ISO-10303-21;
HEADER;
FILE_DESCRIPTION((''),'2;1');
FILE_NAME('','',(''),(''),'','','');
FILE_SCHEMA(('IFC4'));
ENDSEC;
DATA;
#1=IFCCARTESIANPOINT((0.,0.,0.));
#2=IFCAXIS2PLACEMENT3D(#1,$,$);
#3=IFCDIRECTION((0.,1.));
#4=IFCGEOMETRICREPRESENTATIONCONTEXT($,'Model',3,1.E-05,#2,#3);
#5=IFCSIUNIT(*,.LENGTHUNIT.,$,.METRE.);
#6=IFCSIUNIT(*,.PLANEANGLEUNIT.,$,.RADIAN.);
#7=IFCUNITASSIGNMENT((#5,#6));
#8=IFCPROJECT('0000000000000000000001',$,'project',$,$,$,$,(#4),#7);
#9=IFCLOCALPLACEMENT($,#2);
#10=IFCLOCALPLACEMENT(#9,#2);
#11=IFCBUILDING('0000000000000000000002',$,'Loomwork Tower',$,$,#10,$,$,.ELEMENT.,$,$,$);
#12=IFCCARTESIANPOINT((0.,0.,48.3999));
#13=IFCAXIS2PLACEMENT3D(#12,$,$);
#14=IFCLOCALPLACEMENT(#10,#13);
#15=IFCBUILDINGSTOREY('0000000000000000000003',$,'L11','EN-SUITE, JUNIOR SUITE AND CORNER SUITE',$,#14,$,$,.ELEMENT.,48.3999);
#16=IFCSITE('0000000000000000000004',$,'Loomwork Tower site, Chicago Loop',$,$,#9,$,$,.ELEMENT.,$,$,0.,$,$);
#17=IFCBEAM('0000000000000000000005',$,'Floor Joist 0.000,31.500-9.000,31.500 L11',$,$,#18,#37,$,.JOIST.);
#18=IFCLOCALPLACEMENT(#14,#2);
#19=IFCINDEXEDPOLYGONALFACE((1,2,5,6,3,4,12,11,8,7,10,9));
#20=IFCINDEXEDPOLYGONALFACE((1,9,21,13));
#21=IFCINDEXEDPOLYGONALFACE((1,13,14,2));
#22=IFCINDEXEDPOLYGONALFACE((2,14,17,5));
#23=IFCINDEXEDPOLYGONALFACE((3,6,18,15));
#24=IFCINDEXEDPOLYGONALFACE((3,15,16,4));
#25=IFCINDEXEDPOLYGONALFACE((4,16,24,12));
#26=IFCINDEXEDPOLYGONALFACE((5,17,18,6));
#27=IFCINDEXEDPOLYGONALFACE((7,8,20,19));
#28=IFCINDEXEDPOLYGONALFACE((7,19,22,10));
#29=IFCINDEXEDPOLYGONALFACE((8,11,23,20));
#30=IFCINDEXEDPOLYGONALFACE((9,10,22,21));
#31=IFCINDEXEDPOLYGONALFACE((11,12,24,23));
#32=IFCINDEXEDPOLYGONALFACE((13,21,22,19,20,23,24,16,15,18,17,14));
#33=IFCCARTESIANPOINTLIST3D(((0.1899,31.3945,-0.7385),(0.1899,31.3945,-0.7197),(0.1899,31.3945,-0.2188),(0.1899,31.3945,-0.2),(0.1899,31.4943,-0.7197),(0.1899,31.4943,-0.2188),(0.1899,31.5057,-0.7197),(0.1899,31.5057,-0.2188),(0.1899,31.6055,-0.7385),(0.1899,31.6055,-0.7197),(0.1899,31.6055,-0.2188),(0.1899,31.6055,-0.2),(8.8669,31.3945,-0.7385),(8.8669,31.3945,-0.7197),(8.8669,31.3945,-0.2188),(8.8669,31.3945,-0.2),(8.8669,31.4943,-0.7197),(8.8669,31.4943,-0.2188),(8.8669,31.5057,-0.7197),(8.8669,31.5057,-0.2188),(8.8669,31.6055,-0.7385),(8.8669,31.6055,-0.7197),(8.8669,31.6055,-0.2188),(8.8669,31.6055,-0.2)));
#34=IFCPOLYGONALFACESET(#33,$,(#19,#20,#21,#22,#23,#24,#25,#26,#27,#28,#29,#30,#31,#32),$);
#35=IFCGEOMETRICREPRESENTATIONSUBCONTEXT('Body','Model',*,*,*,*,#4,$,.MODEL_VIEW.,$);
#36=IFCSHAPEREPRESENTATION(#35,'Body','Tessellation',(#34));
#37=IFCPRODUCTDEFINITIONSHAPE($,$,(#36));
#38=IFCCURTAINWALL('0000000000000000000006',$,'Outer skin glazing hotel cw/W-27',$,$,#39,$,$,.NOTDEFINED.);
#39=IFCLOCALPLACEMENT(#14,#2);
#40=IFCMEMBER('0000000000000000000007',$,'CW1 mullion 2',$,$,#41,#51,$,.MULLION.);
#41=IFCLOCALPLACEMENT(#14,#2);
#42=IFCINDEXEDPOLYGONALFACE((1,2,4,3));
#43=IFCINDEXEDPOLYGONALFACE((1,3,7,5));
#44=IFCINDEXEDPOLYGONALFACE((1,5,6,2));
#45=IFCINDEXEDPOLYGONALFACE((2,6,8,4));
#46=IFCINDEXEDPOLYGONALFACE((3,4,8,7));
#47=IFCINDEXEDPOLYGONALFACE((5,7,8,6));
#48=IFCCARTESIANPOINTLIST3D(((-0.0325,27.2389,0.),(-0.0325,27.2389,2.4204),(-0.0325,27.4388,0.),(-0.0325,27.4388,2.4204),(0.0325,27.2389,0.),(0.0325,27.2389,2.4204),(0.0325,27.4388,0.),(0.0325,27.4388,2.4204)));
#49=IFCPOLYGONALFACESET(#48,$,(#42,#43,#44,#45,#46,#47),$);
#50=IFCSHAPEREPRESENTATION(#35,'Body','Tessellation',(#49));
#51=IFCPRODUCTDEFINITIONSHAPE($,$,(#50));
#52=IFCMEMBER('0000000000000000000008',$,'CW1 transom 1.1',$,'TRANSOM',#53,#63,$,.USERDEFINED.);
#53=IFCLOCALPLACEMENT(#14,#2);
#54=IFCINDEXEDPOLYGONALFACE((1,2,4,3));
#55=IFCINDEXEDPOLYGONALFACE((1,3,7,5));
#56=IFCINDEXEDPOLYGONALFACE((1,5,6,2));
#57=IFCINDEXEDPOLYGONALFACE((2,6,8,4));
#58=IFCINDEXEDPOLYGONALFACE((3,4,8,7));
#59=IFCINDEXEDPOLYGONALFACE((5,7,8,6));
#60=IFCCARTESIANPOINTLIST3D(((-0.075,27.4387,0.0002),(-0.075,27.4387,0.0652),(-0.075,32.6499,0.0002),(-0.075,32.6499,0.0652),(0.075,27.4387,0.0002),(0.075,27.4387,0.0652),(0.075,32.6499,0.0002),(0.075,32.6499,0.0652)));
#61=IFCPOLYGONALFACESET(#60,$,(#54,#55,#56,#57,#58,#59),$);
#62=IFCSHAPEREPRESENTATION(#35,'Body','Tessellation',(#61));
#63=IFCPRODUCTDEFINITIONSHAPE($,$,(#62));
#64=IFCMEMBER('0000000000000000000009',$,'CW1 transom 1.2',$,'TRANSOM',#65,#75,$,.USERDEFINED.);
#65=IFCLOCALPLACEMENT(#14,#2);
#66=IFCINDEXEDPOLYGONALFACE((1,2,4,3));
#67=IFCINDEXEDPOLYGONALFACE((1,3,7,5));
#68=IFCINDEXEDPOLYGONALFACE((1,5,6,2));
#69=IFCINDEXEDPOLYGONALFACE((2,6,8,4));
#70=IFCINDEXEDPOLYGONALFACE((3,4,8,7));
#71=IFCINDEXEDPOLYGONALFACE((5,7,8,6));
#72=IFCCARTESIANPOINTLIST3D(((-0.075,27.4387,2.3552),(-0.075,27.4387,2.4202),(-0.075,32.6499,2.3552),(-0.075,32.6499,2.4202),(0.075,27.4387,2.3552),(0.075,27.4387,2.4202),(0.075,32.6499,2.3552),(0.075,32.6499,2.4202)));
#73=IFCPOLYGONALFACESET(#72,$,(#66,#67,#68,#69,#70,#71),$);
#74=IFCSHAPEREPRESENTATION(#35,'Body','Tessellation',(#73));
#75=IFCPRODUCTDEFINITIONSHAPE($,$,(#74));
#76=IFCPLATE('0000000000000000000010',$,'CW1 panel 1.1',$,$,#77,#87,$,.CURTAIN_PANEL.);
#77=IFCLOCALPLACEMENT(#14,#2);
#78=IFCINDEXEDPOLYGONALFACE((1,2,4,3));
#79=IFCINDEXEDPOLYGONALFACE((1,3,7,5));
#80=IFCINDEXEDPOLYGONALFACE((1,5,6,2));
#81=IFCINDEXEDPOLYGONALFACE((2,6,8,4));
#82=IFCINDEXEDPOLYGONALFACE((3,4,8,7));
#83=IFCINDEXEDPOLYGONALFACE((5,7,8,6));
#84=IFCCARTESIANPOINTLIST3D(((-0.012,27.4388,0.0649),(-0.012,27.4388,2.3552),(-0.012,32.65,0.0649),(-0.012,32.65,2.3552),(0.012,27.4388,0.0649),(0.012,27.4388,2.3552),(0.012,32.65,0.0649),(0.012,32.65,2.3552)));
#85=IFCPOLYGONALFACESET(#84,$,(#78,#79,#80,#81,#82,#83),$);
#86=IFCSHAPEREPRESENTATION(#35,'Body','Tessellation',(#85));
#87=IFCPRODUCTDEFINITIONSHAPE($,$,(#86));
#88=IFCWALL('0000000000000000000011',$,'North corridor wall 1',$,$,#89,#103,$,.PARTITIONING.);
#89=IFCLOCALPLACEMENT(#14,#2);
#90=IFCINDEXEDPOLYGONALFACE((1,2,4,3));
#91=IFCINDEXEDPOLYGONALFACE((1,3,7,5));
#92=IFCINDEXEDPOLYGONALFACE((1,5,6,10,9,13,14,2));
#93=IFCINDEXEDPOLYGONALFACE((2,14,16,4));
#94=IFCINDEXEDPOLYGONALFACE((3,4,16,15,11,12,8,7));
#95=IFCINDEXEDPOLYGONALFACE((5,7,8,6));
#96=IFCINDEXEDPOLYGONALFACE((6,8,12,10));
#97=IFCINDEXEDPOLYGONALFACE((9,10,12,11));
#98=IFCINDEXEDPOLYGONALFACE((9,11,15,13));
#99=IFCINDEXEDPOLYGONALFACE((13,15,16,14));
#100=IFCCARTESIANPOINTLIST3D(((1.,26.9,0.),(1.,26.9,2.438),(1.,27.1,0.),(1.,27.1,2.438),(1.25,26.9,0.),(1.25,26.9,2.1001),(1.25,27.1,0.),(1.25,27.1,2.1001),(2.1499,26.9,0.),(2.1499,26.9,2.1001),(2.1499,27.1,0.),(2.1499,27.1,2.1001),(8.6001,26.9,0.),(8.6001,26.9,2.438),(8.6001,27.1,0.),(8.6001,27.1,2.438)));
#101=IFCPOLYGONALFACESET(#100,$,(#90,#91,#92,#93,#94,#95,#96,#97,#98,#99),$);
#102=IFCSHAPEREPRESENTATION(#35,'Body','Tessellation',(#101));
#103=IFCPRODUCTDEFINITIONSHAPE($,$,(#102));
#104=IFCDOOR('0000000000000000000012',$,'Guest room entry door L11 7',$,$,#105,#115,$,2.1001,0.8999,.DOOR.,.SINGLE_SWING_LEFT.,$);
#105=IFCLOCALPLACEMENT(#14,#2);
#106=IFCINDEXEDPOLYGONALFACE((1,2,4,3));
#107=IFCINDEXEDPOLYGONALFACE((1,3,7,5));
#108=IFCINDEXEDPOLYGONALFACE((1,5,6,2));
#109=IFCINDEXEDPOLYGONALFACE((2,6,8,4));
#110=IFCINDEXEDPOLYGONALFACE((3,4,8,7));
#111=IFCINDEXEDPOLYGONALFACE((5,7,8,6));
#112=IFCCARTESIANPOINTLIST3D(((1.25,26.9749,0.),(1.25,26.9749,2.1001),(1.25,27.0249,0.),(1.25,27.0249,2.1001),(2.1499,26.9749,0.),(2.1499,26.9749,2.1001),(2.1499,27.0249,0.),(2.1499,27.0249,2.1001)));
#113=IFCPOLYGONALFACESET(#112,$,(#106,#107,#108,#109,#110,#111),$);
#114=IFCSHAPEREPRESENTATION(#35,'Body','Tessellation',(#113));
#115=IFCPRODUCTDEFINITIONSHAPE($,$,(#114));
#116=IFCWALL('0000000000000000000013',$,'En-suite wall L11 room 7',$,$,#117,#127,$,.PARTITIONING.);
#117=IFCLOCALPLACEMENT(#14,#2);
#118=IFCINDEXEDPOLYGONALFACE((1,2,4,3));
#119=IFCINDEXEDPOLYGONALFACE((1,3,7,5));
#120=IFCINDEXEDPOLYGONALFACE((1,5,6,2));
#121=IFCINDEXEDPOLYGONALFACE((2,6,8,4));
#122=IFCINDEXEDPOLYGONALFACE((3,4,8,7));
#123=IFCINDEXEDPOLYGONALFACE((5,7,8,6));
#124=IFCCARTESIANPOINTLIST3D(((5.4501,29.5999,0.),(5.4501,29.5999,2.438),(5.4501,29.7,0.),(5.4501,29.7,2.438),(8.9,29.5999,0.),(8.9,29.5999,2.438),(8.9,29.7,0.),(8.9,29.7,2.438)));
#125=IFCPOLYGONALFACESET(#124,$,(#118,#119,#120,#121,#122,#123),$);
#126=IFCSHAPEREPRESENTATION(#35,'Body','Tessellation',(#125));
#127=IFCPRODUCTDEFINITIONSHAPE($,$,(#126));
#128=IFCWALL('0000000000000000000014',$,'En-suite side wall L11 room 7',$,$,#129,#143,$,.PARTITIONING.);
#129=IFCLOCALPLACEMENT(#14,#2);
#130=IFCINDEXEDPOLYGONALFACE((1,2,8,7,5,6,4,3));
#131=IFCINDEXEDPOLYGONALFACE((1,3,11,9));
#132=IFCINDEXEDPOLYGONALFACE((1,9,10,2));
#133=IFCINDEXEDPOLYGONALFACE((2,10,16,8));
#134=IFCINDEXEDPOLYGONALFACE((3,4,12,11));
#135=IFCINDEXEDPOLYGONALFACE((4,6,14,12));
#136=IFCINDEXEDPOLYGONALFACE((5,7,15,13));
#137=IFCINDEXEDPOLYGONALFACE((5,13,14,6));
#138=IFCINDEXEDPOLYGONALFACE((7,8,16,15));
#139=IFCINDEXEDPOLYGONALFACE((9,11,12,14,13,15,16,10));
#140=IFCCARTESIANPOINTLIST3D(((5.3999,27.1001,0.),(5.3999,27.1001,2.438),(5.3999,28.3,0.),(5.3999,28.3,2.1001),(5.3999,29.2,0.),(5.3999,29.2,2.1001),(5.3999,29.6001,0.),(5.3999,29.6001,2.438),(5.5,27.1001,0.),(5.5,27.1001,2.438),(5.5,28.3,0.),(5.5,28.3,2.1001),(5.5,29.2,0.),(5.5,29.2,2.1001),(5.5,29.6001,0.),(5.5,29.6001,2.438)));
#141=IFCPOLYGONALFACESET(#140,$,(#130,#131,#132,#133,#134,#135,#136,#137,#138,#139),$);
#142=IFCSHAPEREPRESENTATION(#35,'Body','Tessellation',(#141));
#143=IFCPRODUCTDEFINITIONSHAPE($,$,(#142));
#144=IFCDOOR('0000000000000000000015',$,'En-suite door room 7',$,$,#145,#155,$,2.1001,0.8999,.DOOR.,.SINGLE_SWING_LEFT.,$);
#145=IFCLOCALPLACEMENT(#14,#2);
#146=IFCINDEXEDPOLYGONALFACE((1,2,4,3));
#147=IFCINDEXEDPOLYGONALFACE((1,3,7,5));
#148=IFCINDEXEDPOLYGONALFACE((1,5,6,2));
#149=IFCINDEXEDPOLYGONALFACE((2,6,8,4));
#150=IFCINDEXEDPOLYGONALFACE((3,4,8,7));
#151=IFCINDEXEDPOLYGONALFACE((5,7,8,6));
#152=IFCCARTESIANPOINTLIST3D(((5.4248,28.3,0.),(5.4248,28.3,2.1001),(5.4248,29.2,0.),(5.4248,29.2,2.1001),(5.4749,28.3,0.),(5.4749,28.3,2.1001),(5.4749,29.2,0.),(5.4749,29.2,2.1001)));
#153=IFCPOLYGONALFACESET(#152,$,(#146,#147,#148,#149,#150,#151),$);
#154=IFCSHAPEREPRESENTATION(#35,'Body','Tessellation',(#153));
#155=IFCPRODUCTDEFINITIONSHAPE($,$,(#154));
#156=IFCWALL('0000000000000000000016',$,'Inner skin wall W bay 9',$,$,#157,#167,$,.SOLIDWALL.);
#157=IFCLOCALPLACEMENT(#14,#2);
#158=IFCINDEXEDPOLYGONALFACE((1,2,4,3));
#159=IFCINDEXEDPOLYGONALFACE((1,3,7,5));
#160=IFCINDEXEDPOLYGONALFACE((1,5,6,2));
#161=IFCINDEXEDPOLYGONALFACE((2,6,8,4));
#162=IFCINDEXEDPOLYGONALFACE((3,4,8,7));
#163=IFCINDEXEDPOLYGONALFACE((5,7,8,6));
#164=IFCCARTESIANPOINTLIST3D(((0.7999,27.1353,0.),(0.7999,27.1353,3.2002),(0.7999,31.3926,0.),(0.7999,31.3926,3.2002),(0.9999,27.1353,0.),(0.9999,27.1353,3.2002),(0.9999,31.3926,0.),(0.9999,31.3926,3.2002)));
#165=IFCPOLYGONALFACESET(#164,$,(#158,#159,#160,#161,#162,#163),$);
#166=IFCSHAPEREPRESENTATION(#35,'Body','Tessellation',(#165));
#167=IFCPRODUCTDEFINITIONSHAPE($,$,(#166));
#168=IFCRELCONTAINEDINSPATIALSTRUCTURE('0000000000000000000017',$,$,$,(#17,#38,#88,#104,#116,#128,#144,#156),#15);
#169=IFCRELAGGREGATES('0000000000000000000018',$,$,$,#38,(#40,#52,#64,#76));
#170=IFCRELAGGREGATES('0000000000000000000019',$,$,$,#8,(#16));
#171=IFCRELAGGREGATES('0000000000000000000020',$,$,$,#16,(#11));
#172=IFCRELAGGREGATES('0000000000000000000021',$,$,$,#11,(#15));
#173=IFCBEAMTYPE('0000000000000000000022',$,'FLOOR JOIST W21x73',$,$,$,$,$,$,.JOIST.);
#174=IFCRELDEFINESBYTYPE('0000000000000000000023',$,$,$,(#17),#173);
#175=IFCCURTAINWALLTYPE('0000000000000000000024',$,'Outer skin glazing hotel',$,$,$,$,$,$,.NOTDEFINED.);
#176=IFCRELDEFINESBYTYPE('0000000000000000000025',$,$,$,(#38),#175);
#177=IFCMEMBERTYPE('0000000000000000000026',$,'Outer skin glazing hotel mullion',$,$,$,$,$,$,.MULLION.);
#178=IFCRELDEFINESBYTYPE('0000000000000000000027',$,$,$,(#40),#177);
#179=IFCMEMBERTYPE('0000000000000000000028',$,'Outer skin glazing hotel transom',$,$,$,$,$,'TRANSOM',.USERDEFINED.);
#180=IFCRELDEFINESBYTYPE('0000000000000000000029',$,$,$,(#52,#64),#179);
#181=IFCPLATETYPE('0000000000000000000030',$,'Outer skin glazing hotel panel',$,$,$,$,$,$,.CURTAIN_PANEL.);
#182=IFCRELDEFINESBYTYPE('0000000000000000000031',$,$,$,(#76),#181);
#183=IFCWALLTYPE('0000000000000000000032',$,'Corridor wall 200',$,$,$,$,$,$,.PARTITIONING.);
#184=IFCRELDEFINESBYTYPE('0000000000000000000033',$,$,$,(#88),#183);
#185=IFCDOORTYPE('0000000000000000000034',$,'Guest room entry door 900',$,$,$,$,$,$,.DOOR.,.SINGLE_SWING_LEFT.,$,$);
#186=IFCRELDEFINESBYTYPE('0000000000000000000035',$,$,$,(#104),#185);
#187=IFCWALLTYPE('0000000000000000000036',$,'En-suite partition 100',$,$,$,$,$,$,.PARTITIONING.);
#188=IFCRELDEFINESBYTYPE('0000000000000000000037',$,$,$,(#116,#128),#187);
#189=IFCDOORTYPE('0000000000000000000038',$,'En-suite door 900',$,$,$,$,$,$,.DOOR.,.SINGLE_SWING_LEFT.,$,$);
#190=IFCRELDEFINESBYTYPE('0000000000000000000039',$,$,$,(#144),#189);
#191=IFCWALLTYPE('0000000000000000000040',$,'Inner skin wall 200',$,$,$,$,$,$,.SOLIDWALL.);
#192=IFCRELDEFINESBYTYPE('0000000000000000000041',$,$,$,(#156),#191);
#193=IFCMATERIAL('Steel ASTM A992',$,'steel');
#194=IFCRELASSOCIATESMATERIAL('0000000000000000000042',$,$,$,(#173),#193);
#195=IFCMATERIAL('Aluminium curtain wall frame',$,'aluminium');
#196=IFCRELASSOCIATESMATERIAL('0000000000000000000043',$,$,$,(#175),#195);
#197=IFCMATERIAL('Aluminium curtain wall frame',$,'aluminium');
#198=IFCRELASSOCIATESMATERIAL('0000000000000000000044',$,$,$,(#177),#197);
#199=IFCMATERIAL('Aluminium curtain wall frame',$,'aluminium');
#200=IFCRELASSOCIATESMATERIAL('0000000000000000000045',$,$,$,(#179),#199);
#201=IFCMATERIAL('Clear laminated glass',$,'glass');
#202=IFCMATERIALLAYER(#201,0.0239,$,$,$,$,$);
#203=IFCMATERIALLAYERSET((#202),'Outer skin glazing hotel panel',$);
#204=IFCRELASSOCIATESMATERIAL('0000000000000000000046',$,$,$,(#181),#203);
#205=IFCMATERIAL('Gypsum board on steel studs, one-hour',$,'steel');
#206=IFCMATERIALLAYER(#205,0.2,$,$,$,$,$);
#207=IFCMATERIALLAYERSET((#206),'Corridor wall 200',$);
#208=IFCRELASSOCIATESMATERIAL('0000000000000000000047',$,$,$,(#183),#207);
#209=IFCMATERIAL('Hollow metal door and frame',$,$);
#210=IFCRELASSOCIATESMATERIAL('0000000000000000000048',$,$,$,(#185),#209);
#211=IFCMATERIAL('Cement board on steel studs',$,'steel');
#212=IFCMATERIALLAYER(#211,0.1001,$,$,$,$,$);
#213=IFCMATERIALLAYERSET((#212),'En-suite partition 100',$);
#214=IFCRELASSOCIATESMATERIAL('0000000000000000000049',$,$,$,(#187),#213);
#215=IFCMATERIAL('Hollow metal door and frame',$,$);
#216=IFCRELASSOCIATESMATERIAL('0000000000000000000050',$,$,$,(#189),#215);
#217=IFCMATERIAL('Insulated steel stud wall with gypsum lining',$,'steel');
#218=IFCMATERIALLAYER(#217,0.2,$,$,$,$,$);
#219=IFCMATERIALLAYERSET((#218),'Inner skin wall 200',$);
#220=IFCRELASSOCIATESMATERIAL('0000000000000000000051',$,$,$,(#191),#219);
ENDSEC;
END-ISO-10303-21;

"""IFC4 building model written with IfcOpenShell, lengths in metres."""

from ifc_helpers import new_model, si_unit, direction, frame, frame_2d, origin, origin_2d, place, context, subcontext, project, spatial, rectangle, i_section, extrude, material, layer, layer_set, material_profile, profile_set, type_object, element, fill, aggregate, save


model = new_model("IFC4")

# Units and contexts
model_context = context("Model", 3, precision=1e-05, world=origin(), true_north=direction((0.0, 1.0)))
body_context = subcontext(model_context, "Body", "Model", "MODEL_VIEW")
ifc_project = project(units=[si_unit("LENGTHUNIT", "METRE"), si_unit("PLANEANGLEUNIT", "RADIAN")], contexts=[model_context])

# Site, building, storey
site_placement = place(None, origin())
site = spatial("IfcSite", under=ifc_project, at=site_placement, Name="Loomwork Tower site, Chicago Loop", CompositionType="ELEMENT", RefElevation=0.0)
building_placement = place(site_placement, origin())
building = spatial("IfcBuilding", under=site, at=building_placement, Name="Loomwork Tower", CompositionType="ELEMENT")
storey_placement = place(building_placement, frame((0.0, 0.0, 48.3999)))
storey = spatial("IfcBuildingStorey", under=building, at=storey_placement, Name="L11", Description="EN-SUITE, JUNIOR SUITE AND CORNER SUITE", CompositionType="ELEMENT", Elevation=48.3999)

# Beam
ifc_material_1 = material(Name="Steel ASTM A992", Category="steel")
ifc_material_profile_1 = material_profile(ifc_material_1, i_section(OverallWidth=0.2109, OverallDepth=0.5386, WebThickness=0.0115, FlangeThickness=0.0188, at=origin_2d()), Name="W21x73")
ifc_profile_set_1 = profile_set([ifc_material_profile_1], Name="Steel ASTM A992")
beam_type = type_object("IfcBeamType", Name="FLOOR JOIST W21x73", PredefinedType="JOIST", material=ifc_profile_set_1)
beam_placement = place(storey_placement, frame((0.1899, 31.5, -0.4692), z_axis=(1.0, 0.0, 0.0), x_axis=(0.0, 1.0, 0.0)))
element("IfcBeam", 1, at=beam_placement, inside=storey, type_object=beam_type, Name="Floor Joist 0.000,31.500-9.000,31.500 L11", PredefinedType="JOIST", context=body_context, shape_type="SweptSolid", body=[
    extrude(i_section(OverallWidth=0.2109, OverallDepth=0.5386, WebThickness=0.0115, FlangeThickness=0.0188, at=origin_2d()), origin(), (0.0, 0.0, 1.0), 8.677),
])

# Curtain wall, members, plate
ifc_material_2 = material(Name="Aluminium curtain wall frame", Category="aluminium")
curtain_wall_type = type_object("IfcCurtainWallType", Name="Outer skin glazing hotel", PredefinedType="NOTDEFINED", material=ifc_material_2)
curtain_wall_placement = place(storey_placement, origin())
curtain_wall = element("IfcCurtainWall", 2, at=curtain_wall_placement, inside=storey, type_object=curtain_wall_type, Name="Outer skin glazing hotel cw/W-27", PredefinedType="NOTDEFINED")
ifc_material_3 = material(Name="Aluminium curtain wall frame", Category="aluminium")
ifc_material_profile_2 = material_profile(ifc_material_3, rectangle(XDim=0.0649, YDim=0.2, at=origin_2d()), Name="AL 65x200")
ifc_profile_set_2 = profile_set([ifc_material_profile_2], Name="Aluminium curtain wall frame")
member_type_1 = type_object("IfcMemberType", Name="Outer skin glazing hotel mullion", PredefinedType="MULLION", material=ifc_profile_set_2)
member_1_placement = place(storey_placement, frame((0.0, 27.3389, 0.0), z_axis=(0.0, 0.0, 1.0), x_axis=(1.0, 0.0, 0.0)))
member_1 = element("IfcMember", 3, at=member_1_placement, type_object=member_type_1, Name="CW1 mullion 2", PredefinedType="MULLION", context=body_context, shape_type="SweptSolid", body=[
    extrude(rectangle(XDim=0.0649, YDim=0.2, at=origin_2d()), origin(), (0.0, 0.0, 1.0), 2.4204),
])
ifc_material_4 = material(Name="Aluminium curtain wall frame", Category="aluminium")
ifc_material_profile_3 = material_profile(ifc_material_4, rectangle(XDim=0.1499, YDim=0.0649, at=origin_2d()), Name="AL 65x150")
ifc_profile_set_3 = profile_set([ifc_material_profile_3], Name="Aluminium curtain wall frame")
member_type_2 = type_object("IfcMemberType", Name="Outer skin glazing hotel transom", ElementType="TRANSOM", PredefinedType="USERDEFINED", material=ifc_profile_set_3)
member_2_placement = place(storey_placement, frame((0.0, 32.6499, 0.0327), z_axis=(0.0, -1.0, 0.0), x_axis=(1.0, 0.0, 0.0)))
member_2 = element("IfcMember", 4, at=member_2_placement, type_object=member_type_2, Name="CW1 transom 1.1", ObjectType="TRANSOM", PredefinedType="USERDEFINED", context=body_context, shape_type="SweptSolid", body=[
    extrude(rectangle(XDim=0.1499, YDim=0.0649, at=origin_2d()), origin(), (0.0, 0.0, 1.0), 5.2112),
])
member_3_placement = place(storey_placement, frame((0.0, 32.6499, 2.3877), z_axis=(0.0, -1.0, 0.0), x_axis=(1.0, 0.0, 0.0)))
member_3 = element("IfcMember", 5, at=member_3_placement, type_object=member_type_2, Name="CW1 transom 1.2", ObjectType="TRANSOM", PredefinedType="USERDEFINED", context=body_context, shape_type="SweptSolid", body=[
    extrude(rectangle(XDim=0.1499, YDim=0.0649, at=origin_2d()), origin(), (0.0, 0.0, 1.0), 5.2112),
])
ifc_material_5 = material(Name="Clear laminated glass", Category="glass")
ifc_layer_1 = layer(ifc_material_5, 0.0239)
ifc_layer_set_1 = layer_set([ifc_layer_1], Name="Outer skin glazing hotel panel")
plate_type = type_object("IfcPlateType", Name="Outer skin glazing hotel panel", PredefinedType="CURTAIN_PANEL", material=ifc_layer_set_1)
plate_placement = place(storey_placement, frame((0.0, 30.0444, 0.0649), z_axis=(0.0, 0.0, 1.0), x_axis=(0.0, -1.0, 0.0)))
plate = element("IfcPlate", 6, at=plate_placement, type_object=plate_type, Name="CW1 panel 1.1", PredefinedType="CURTAIN_PANEL", context=body_context, shape_type="SweptSolid", body=[
    extrude(rectangle(XDim=5.2112, YDim=0.0239, at=origin_2d()), origin(), (0.0, 0.0, 1.0), 2.2903),
])
aggregate(curtain_wall, [member_1, member_2, member_3, plate])

# Wall, opening, door
ifc_material_6 = material(Name="Gypsum board on steel studs, one-hour", Category="steel")
ifc_layer_2 = layer(ifc_material_6, 0.2)
ifc_layer_set_2 = layer_set([ifc_layer_2], Name="Corridor wall 200")
wall_type_1 = type_object("IfcWallType", Name="Corridor wall 200", PredefinedType="PARTITIONING", material=ifc_layer_set_2)
wall_1_placement = place(storey_placement, frame((1.0, 27.0, 0.0), z_axis=(0.0, 0.0, 1.0), x_axis=(1.0, 0.0, 0.0)))
wall_1 = element("IfcWall", 7, at=wall_1_placement, inside=storey, type_object=wall_type_1, Name="North corridor wall 1", PredefinedType="PARTITIONING", context=body_context, shape_type="SweptSolid", body=[
    extrude(rectangle(XDim=7.6001, YDim=0.2, at=frame_2d((3.8, 0.0))), origin(), (0.0, 0.0, 1.0), 2.438),
])
opening_1_placement = place(wall_1_placement, frame((0.25, 0.0, 0.0)))
opening_1 = element("IfcOpeningElement", 8, at=opening_1_placement, cuts=wall_1, PredefinedType="OPENING", context=body_context, shape_type="SweptSolid", body=[
    extrude(rectangle(XDim=0.8999, YDim=2.1001, at=frame_2d((0.45, 1.05))), frame((0.0, 0.1099, 0.0), z_axis=(0.0, -1.0, 0.0), x_axis=(1.0, 0.0, 0.0)), (0.0, 0.0, 1.0), 0.22),
])
ifc_material_7 = material(Name="Hollow metal door and frame")
door_type_1 = type_object("IfcDoorType", Name="Guest room entry door 900", OperationType="SINGLE_SWING_LEFT", PredefinedType="DOOR", material=ifc_material_7)
door_1_placement = place(opening_1_placement, origin())
door_1 = element("IfcDoor", 9, at=door_1_placement, inside=storey, type_object=door_type_1, Name="Guest room entry door L11 7", OperationType="SINGLE_SWING_LEFT", OverallHeight=2.1001, OverallWidth=0.8999, PredefinedType="DOOR", context=body_context, shape_type="SweptSolid", body=[
    extrude(rectangle(XDim=0.8999, YDim=2.1001, at=frame_2d((0.45, 1.05))), frame((0.0, 0.0249, 0.0), z_axis=(0.0, -1.0, 0.0), x_axis=(1.0, 0.0, 0.0)), (0.0, 0.0, 1.0), 0.05),
])
fill(opening_1, door_1)

# Wall
ifc_material_8 = material(Name="Cement board on steel studs", Category="steel")
ifc_layer_3 = layer(ifc_material_8, 0.1001)
ifc_layer_set_3 = layer_set([ifc_layer_3], Name="En-suite partition 100")
wall_type_2 = type_object("IfcWallType", Name="En-suite partition 100", PredefinedType="PARTITIONING", material=ifc_layer_set_3)
wall_2_placement = place(storey_placement, frame((5.45, 29.6499, 0.0), z_axis=(0.0, 0.0, 1.0), x_axis=(1.0, 0.0, 0.0)))
element("IfcWall", 10, at=wall_2_placement, inside=storey, type_object=wall_type_2, Name="En-suite wall L11 room 7", PredefinedType="PARTITIONING", context=body_context, shape_type="SweptSolid", body=[
    extrude(rectangle(XDim=3.45, YDim=0.1001, at=frame_2d((1.7251, 0.0))), origin(), (0.0, 0.0, 1.0), 2.438),
])

# Wall, opening, door
wall_3_placement = place(storey_placement, frame((5.45, 27.1001, 0.0), z_axis=(0.0, 0.0, 1.0), x_axis=(0.0, 1.0, 0.0)))
wall_3 = element("IfcWall", 11, at=wall_3_placement, inside=storey, type_object=wall_type_2, Name="En-suite side wall L11 room 7", PredefinedType="PARTITIONING", context=body_context, shape_type="SweptSolid", body=[
    extrude(rectangle(XDim=2.5, YDim=0.1001, at=frame_2d((1.25, 0.0))), origin(), (0.0, 0.0, 1.0), 2.438),
])
opening_2_placement = place(wall_3_placement, frame((1.2, 0.0, 0.0)))
opening_2 = element("IfcOpeningElement", 12, at=opening_2_placement, cuts=wall_3, PredefinedType="OPENING", context=body_context, shape_type="SweptSolid", body=[
    extrude(rectangle(XDim=0.8999, YDim=2.1001, at=frame_2d((0.45, 1.05))), frame((0.0, 0.0601, 0.0), z_axis=(0.0, -1.0, 0.0), x_axis=(1.0, 0.0, 0.0)), (0.0, 0.0, 1.0), 0.1201),
])
ifc_material_9 = material(Name="Hollow metal door and frame")
door_type_2 = type_object("IfcDoorType", Name="En-suite door 900", OperationType="SINGLE_SWING_LEFT", PredefinedType="DOOR", material=ifc_material_9)
door_2_placement = place(opening_2_placement, frame((0.8999, 0.0, 0.0), z_axis=(0.0, 0.0, 1.0), x_axis=(-1.0, 0.0, 0.0)))
door_2 = element("IfcDoor", 13, at=door_2_placement, inside=storey, type_object=door_type_2, Name="En-suite door room 7", OperationType="SINGLE_SWING_LEFT", OverallHeight=2.1001, OverallWidth=0.8999, PredefinedType="DOOR", context=body_context, shape_type="SweptSolid", body=[
    extrude(rectangle(XDim=0.8999, YDim=2.1001, at=frame_2d((0.45, 1.05))), frame((0.0, 0.0249, 0.0), z_axis=(0.0, -1.0, 0.0), x_axis=(1.0, 0.0, 0.0)), (0.0, 0.0, 1.0), 0.05),
])
fill(opening_2, door_2)

# Wall
ifc_material_10 = material(Name="Insulated steel stud wall with gypsum lining", Category="steel")
ifc_layer_4 = layer(ifc_material_10, 0.2)
ifc_layer_set_4 = layer_set([ifc_layer_4], Name="Inner skin wall 200")
wall_type_3 = type_object("IfcWallType", Name="Inner skin wall 200", PredefinedType="SOLIDWALL", material=ifc_layer_set_4)
wall_4_placement = place(storey_placement, frame((0.8999, 27.1353, 0.0), z_axis=(0.0, 0.0, 1.0), x_axis=(0.0, 1.0, 0.0)))
element("IfcWall", 14, at=wall_4_placement, inside=storey, type_object=wall_type_3, Name="Inner skin wall W bay 9", PredefinedType="SOLIDWALL", context=body_context, shape_type="SweptSolid", body=[
    extrude(rectangle(XDim=4.2573, YDim=0.2, at=frame_2d((2.1287, 0.0))), origin(), (0.0, 0.0, 1.0), 3.2002),
])

save(model, "model.ifc")
